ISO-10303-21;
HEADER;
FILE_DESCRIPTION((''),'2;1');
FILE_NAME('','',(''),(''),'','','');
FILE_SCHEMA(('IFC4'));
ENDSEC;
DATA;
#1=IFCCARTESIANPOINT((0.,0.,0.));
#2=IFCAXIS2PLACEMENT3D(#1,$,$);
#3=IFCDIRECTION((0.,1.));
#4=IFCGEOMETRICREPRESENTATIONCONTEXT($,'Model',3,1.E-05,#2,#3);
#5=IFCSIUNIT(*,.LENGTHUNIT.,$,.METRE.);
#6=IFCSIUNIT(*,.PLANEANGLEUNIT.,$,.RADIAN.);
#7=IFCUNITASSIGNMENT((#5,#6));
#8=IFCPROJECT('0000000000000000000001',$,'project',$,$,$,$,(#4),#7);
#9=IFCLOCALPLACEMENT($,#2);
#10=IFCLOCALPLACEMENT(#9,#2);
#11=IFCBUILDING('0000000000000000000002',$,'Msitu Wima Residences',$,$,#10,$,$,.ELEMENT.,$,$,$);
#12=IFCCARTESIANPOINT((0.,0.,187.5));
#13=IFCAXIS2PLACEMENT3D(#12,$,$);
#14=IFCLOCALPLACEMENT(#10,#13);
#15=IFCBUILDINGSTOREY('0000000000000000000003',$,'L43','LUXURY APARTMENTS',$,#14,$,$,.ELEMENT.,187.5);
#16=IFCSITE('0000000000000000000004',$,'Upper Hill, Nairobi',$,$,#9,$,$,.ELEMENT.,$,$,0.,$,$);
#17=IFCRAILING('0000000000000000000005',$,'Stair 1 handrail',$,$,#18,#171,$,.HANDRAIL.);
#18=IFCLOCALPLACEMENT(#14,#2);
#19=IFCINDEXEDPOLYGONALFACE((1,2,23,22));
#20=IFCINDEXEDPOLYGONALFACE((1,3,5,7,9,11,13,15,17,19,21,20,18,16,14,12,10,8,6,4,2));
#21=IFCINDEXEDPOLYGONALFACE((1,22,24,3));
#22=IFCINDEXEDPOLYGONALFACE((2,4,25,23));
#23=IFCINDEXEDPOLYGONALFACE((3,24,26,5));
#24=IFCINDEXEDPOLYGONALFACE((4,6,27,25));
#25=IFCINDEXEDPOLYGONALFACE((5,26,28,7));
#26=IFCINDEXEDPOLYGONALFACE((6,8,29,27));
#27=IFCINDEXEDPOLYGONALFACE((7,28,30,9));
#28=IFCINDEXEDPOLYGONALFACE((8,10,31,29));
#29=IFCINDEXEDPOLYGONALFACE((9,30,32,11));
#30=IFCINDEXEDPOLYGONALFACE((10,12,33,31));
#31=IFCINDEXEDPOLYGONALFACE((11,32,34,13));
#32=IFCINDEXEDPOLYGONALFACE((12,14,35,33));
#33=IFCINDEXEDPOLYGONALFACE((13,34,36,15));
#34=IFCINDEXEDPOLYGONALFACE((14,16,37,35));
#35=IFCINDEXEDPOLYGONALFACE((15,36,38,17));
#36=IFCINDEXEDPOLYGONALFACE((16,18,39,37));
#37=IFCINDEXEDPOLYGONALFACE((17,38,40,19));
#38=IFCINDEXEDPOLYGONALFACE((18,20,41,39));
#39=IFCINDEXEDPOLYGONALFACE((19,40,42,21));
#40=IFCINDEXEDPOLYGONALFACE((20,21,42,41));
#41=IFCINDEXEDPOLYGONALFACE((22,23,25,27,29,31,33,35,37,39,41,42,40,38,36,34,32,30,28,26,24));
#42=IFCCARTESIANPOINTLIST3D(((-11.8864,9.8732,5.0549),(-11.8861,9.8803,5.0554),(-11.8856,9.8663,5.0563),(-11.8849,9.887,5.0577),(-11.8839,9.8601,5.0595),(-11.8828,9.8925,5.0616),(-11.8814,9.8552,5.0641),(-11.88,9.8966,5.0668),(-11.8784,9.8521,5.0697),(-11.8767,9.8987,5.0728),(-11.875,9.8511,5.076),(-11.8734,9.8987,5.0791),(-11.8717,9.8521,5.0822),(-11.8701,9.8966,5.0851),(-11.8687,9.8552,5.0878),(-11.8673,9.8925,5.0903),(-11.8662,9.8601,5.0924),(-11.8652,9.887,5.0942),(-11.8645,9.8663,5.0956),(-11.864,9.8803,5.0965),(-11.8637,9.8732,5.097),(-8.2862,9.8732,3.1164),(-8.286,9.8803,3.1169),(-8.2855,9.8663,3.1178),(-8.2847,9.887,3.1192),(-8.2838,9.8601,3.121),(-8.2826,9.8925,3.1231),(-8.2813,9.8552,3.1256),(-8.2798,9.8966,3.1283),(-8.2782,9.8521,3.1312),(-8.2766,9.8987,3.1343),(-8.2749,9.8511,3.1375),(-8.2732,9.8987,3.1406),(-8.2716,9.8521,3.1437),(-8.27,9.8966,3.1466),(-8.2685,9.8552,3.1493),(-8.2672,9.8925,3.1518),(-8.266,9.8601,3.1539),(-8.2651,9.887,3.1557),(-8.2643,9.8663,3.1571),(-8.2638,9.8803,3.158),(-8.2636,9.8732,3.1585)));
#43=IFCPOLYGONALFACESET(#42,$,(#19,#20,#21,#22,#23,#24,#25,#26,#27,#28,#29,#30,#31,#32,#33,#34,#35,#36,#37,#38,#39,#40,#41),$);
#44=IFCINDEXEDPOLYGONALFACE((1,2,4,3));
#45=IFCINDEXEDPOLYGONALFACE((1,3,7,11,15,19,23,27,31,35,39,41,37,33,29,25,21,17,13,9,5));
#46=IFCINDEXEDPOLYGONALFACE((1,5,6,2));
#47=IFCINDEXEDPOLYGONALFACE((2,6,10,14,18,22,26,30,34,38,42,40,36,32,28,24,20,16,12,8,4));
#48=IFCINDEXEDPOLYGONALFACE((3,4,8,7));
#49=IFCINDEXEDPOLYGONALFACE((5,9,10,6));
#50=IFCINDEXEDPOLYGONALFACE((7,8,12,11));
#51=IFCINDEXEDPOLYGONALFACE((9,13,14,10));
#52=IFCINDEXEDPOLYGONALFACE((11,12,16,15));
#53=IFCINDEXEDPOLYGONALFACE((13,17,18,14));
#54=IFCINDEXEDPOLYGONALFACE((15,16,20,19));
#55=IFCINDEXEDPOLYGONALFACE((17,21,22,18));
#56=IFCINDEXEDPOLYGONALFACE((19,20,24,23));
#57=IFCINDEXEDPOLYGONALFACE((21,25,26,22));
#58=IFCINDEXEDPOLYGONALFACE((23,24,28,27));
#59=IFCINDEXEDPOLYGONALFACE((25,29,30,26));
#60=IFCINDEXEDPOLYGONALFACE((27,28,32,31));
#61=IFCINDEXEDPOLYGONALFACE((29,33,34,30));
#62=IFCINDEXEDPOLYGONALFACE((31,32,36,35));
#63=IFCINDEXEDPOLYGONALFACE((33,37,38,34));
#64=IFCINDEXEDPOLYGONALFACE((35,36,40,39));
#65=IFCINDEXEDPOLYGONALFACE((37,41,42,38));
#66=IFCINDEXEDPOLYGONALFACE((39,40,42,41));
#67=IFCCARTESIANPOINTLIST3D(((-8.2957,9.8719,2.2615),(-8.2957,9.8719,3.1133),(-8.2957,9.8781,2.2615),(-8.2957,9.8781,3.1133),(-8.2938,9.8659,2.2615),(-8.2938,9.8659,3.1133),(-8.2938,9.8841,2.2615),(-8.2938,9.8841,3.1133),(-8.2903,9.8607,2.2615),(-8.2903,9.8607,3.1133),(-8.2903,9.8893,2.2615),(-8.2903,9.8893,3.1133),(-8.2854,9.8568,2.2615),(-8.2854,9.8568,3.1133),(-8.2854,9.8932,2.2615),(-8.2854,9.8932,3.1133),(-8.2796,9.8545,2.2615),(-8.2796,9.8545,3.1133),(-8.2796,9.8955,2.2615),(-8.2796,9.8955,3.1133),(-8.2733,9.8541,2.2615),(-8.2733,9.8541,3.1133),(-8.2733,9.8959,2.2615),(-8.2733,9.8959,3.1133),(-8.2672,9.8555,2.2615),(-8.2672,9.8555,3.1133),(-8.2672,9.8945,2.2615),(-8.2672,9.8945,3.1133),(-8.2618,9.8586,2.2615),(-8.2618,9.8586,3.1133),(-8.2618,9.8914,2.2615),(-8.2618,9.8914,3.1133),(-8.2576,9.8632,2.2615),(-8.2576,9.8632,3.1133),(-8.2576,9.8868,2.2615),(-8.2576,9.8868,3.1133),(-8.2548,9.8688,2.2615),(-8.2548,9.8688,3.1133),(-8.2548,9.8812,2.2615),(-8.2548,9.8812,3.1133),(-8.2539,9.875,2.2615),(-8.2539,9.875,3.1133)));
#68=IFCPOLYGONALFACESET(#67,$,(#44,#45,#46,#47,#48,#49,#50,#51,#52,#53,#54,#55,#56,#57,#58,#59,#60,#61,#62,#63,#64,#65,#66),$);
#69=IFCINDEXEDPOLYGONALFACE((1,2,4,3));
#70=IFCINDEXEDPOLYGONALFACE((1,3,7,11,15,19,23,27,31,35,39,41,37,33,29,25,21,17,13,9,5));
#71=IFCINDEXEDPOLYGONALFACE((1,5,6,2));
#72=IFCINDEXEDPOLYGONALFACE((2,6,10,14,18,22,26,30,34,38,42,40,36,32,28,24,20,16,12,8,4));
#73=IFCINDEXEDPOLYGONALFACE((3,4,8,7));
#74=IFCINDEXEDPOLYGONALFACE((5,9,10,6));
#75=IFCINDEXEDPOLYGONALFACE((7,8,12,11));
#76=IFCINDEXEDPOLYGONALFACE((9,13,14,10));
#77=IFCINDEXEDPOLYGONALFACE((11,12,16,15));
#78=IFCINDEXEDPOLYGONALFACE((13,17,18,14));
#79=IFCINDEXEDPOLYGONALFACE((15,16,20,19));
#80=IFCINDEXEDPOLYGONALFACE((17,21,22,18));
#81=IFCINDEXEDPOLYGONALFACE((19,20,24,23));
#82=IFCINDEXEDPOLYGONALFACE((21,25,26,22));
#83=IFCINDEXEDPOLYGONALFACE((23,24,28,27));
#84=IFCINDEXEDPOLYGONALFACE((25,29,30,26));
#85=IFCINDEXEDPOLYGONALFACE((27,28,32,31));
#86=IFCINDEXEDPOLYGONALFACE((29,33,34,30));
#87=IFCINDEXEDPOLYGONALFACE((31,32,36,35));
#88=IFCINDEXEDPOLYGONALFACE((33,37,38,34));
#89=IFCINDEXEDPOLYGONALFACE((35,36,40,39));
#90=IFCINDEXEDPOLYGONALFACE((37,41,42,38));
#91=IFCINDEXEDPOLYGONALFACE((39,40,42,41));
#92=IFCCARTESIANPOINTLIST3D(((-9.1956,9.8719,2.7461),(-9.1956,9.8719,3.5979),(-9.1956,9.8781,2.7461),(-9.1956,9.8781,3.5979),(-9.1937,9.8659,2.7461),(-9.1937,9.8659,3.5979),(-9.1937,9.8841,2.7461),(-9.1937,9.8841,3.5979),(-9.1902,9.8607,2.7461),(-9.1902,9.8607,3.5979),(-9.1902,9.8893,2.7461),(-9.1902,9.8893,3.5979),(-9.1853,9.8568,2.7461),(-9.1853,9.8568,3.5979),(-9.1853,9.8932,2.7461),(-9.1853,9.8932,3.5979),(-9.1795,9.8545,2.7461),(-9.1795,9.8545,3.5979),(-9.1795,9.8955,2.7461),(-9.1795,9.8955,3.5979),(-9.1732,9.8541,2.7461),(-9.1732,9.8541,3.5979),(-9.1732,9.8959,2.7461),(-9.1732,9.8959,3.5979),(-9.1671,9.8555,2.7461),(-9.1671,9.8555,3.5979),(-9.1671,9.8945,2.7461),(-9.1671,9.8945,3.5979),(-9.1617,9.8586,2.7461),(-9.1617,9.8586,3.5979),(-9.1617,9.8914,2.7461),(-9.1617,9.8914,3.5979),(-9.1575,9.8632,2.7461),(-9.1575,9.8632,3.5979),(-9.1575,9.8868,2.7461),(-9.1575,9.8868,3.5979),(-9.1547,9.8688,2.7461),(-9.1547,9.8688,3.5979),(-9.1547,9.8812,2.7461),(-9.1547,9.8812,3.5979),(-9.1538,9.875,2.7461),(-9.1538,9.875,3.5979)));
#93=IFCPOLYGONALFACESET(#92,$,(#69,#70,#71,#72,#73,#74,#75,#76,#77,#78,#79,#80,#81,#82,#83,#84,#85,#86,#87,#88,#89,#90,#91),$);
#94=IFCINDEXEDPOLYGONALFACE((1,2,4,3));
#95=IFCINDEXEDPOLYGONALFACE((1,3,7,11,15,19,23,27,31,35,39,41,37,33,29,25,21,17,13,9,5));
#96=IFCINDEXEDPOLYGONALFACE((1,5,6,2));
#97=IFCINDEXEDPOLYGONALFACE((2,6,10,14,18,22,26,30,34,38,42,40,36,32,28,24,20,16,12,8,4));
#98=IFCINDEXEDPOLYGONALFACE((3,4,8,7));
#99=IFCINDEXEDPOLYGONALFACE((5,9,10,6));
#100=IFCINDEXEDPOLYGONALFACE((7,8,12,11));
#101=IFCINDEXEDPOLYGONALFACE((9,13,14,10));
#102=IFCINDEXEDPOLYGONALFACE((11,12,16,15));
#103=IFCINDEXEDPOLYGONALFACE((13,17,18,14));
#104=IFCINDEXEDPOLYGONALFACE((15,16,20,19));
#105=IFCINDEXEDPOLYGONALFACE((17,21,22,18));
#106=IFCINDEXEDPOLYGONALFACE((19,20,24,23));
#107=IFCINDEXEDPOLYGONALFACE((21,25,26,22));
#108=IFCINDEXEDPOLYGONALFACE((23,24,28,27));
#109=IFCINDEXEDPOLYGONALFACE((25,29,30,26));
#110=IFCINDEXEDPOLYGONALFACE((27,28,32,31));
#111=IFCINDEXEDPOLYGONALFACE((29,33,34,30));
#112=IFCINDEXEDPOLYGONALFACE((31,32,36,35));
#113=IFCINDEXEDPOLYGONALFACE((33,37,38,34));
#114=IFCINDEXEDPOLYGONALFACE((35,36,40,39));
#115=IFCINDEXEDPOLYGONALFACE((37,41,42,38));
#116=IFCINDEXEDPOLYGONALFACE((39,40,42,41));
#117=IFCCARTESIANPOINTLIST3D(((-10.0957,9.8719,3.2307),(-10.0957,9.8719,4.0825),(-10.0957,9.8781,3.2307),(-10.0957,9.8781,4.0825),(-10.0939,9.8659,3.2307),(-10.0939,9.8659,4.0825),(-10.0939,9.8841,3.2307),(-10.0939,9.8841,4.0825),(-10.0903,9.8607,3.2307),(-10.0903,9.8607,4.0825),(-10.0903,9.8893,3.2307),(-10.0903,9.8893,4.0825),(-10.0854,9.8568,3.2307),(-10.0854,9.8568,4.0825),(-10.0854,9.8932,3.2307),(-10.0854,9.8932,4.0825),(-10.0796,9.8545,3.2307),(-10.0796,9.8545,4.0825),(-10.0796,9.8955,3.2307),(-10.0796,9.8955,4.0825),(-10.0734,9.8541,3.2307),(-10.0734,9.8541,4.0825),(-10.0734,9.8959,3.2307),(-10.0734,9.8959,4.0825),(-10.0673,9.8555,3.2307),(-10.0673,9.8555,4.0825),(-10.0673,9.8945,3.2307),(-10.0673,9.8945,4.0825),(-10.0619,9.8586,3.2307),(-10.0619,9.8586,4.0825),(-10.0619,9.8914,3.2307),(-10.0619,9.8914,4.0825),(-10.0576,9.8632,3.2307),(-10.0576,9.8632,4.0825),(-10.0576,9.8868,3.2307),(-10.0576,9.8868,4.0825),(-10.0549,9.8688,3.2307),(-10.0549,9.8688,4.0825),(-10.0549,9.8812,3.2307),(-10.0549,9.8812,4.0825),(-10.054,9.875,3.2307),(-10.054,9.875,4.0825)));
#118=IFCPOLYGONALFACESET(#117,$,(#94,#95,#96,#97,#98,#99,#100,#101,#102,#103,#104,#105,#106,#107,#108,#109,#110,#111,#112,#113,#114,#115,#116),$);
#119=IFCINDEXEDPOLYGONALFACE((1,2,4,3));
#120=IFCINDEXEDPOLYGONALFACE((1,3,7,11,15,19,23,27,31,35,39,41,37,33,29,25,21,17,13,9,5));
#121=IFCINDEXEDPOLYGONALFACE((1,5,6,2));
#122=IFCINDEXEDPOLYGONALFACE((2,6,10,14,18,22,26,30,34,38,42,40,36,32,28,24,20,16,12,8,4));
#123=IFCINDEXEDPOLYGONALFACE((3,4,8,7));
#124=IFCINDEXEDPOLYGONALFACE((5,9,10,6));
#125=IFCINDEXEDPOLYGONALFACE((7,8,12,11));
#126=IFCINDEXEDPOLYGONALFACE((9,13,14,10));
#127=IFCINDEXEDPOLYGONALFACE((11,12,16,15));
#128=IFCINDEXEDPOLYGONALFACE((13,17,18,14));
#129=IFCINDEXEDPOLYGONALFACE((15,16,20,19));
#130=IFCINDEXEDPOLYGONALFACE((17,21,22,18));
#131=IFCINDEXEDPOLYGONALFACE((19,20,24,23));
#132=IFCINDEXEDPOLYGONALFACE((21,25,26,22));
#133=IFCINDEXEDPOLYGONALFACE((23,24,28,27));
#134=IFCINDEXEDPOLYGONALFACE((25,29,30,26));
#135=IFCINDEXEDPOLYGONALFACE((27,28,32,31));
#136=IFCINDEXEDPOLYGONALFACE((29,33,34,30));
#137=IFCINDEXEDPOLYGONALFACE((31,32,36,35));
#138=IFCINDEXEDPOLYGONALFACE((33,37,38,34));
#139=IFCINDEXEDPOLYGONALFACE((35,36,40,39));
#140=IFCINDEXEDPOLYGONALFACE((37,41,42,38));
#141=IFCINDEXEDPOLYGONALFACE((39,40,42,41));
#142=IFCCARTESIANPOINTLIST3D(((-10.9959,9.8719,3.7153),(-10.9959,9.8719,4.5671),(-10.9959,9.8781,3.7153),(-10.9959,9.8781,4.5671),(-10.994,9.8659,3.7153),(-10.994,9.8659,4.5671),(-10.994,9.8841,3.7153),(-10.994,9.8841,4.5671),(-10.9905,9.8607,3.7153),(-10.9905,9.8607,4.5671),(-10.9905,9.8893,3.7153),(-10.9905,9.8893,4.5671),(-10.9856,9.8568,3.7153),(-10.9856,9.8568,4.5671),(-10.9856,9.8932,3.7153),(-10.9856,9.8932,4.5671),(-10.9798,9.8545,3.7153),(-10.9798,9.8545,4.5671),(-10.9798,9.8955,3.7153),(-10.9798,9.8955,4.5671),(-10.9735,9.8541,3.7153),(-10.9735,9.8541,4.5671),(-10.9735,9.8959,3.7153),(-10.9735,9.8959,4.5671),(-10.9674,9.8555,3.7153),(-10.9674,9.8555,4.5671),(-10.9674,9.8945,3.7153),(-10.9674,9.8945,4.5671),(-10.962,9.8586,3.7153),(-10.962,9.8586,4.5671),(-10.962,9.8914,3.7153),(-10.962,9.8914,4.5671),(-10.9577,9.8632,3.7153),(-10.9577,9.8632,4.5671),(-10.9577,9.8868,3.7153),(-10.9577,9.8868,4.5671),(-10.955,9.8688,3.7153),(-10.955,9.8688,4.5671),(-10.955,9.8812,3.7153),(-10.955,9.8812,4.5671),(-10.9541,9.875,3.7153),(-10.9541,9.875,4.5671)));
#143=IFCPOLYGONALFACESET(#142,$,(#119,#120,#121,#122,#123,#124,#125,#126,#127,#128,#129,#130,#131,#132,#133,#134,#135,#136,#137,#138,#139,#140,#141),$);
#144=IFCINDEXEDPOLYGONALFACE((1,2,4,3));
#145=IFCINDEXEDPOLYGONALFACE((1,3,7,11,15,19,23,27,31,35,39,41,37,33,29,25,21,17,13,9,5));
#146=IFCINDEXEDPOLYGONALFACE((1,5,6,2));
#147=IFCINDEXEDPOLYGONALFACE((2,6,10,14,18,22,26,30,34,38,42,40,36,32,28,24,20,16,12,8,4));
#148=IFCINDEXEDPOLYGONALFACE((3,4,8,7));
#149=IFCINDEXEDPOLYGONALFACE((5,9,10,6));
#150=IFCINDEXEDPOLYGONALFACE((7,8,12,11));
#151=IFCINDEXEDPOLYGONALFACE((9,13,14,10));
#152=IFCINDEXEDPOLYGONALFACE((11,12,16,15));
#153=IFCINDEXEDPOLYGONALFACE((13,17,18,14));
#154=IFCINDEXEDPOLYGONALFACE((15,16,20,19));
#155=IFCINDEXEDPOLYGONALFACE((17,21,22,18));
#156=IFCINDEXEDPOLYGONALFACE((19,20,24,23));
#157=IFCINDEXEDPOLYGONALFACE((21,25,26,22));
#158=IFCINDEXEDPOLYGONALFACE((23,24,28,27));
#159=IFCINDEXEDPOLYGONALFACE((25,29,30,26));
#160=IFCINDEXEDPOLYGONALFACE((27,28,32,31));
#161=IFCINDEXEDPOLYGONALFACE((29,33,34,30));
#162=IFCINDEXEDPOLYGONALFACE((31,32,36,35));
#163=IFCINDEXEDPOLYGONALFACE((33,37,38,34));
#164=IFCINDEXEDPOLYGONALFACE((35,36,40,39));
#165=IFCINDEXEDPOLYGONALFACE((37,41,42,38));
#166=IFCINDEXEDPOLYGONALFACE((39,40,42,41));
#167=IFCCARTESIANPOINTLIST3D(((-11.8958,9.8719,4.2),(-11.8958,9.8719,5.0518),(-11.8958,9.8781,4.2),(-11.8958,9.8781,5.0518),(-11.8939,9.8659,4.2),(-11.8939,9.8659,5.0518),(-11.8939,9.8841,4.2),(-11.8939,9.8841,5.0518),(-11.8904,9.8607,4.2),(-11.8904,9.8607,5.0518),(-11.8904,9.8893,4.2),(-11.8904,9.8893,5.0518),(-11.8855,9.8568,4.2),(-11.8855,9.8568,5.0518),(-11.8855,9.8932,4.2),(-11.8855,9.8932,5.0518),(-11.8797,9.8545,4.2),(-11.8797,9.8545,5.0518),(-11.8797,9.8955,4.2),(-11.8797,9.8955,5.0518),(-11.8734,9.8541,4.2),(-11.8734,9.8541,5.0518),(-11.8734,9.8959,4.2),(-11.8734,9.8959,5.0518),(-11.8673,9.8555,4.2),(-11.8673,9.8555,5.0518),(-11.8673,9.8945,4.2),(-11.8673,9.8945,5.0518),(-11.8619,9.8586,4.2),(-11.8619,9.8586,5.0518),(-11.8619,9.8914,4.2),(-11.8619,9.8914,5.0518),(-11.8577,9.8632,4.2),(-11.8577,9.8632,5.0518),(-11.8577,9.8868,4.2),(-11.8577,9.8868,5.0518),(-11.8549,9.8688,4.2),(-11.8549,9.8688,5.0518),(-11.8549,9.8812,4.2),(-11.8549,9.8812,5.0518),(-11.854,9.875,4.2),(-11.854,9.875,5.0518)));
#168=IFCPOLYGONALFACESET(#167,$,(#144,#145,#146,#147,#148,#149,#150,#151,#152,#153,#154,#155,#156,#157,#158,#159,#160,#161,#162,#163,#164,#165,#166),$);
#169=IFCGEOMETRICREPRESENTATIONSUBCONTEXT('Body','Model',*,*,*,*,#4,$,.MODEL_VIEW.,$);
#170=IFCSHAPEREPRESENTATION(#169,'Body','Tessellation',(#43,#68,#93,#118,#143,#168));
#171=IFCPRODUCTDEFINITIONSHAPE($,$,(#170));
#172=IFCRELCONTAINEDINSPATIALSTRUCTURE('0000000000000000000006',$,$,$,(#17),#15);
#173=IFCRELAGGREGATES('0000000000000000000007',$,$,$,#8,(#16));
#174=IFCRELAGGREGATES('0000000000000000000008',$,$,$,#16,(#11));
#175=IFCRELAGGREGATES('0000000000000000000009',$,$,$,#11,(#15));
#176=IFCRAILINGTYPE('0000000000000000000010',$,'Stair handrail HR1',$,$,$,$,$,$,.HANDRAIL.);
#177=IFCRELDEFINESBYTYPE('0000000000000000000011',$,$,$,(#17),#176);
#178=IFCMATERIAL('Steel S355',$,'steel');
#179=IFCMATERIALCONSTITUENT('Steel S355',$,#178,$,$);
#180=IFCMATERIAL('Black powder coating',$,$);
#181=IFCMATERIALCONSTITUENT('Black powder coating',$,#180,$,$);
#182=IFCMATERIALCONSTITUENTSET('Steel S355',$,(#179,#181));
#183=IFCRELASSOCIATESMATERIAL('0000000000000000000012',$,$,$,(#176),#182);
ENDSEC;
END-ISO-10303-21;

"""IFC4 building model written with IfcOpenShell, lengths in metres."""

from ifc_helpers import new_model, si_unit, direction, frame, origin, origin_2d, place, context, subcontext, project, spatial, circle, extrude, material, constituent, constituent_set, type_object, element, save


model = new_model("IFC4")

# Units and contexts
model_context = context("Model", 3, precision=1e-05, world=origin(), true_north=direction((0.0, 1.0)))
body_context = subcontext(model_context, "Body", "Model", "MODEL_VIEW")
ifc_project = project(units=[si_unit("LENGTHUNIT", "METRE"), si_unit("PLANEANGLEUNIT", "RADIAN")], contexts=[model_context])

# Site, building, storey
site_placement = place(None, origin())
site = spatial("IfcSite", under=ifc_project, at=site_placement, Name="Upper Hill, Nairobi", CompositionType="ELEMENT", RefElevation=0.0)
building_placement = place(site_placement, origin())
building = spatial("IfcBuilding", under=site, at=building_placement, Name="Msitu Wima Residences", CompositionType="ELEMENT")
storey_placement = place(building_placement, frame((0.0, 0.0, 187.5)))
storey = spatial("IfcBuildingStorey", under=building, at=storey_placement, Name="L43", Description="LUXURY APARTMENTS", CompositionType="ELEMENT", Elevation=187.5)

# Railing
ifc_material_1 = material(Name="Steel S355", Category="steel")
ifc_constituent_1 = constituent(ifc_material_1, Name="Steel S355")
ifc_material_2 = material(Name="Black powder coating")
ifc_constituent_2 = constituent(ifc_material_2, Name="Black powder coating")
ifc_constituent_set = constituent_set(constituents=[ifc_constituent_1, ifc_constituent_2], Name="Steel S355")
railing_type = type_object("IfcRailingType", Name="Stair handrail HR1", PredefinedType="HANDRAIL", material=ifc_constituent_set)
for number, where, name in (
    (1, (-8.2749, 9.875, 2.2615), "Stair 1 handrail"),
):
    element("IfcRailing", number, at=place(storey_placement, frame(where)), inside=storey, type_object=railing_type, Name=name, PredefinedType="HANDRAIL", context=body_context, shape_type="SweptSolid", body=[
        extrude(circle(Radius=0.0239, at=origin_2d()), frame((0.0, 0.0, 0.876), z_axis=(-0.880475, 0.0, 0.474093), x_axis=(0.0, -1.0, 0.0)), (0.0, 0.0, 1.0), 4.0889),
        extrude(circle(Radius=0.021, at=origin_2d()), origin(), (0.0, 0.0, 1.0), 0.8518),
        extrude(circle(Radius=0.021, at=origin_2d()), frame((-0.8999, 0.0, 0.4846)), (0.0, 0.0, 1.0), 0.8518),
        extrude(circle(Radius=0.021, at=origin_2d()), frame((-1.8, 0.0, 0.9692)), (0.0, 0.0, 1.0), 0.8518),
        extrude(circle(Radius=0.021, at=origin_2d()), frame((-2.7002, 0.0, 1.4539)), (0.0, 0.0, 1.0), 0.8518),
        extrude(circle(Radius=0.021, at=origin_2d()), frame((-3.6001, 0.0, 1.9385)), (0.0, 0.0, 1.0), 0.8518),
    ])

save(model, "model.ifc")
